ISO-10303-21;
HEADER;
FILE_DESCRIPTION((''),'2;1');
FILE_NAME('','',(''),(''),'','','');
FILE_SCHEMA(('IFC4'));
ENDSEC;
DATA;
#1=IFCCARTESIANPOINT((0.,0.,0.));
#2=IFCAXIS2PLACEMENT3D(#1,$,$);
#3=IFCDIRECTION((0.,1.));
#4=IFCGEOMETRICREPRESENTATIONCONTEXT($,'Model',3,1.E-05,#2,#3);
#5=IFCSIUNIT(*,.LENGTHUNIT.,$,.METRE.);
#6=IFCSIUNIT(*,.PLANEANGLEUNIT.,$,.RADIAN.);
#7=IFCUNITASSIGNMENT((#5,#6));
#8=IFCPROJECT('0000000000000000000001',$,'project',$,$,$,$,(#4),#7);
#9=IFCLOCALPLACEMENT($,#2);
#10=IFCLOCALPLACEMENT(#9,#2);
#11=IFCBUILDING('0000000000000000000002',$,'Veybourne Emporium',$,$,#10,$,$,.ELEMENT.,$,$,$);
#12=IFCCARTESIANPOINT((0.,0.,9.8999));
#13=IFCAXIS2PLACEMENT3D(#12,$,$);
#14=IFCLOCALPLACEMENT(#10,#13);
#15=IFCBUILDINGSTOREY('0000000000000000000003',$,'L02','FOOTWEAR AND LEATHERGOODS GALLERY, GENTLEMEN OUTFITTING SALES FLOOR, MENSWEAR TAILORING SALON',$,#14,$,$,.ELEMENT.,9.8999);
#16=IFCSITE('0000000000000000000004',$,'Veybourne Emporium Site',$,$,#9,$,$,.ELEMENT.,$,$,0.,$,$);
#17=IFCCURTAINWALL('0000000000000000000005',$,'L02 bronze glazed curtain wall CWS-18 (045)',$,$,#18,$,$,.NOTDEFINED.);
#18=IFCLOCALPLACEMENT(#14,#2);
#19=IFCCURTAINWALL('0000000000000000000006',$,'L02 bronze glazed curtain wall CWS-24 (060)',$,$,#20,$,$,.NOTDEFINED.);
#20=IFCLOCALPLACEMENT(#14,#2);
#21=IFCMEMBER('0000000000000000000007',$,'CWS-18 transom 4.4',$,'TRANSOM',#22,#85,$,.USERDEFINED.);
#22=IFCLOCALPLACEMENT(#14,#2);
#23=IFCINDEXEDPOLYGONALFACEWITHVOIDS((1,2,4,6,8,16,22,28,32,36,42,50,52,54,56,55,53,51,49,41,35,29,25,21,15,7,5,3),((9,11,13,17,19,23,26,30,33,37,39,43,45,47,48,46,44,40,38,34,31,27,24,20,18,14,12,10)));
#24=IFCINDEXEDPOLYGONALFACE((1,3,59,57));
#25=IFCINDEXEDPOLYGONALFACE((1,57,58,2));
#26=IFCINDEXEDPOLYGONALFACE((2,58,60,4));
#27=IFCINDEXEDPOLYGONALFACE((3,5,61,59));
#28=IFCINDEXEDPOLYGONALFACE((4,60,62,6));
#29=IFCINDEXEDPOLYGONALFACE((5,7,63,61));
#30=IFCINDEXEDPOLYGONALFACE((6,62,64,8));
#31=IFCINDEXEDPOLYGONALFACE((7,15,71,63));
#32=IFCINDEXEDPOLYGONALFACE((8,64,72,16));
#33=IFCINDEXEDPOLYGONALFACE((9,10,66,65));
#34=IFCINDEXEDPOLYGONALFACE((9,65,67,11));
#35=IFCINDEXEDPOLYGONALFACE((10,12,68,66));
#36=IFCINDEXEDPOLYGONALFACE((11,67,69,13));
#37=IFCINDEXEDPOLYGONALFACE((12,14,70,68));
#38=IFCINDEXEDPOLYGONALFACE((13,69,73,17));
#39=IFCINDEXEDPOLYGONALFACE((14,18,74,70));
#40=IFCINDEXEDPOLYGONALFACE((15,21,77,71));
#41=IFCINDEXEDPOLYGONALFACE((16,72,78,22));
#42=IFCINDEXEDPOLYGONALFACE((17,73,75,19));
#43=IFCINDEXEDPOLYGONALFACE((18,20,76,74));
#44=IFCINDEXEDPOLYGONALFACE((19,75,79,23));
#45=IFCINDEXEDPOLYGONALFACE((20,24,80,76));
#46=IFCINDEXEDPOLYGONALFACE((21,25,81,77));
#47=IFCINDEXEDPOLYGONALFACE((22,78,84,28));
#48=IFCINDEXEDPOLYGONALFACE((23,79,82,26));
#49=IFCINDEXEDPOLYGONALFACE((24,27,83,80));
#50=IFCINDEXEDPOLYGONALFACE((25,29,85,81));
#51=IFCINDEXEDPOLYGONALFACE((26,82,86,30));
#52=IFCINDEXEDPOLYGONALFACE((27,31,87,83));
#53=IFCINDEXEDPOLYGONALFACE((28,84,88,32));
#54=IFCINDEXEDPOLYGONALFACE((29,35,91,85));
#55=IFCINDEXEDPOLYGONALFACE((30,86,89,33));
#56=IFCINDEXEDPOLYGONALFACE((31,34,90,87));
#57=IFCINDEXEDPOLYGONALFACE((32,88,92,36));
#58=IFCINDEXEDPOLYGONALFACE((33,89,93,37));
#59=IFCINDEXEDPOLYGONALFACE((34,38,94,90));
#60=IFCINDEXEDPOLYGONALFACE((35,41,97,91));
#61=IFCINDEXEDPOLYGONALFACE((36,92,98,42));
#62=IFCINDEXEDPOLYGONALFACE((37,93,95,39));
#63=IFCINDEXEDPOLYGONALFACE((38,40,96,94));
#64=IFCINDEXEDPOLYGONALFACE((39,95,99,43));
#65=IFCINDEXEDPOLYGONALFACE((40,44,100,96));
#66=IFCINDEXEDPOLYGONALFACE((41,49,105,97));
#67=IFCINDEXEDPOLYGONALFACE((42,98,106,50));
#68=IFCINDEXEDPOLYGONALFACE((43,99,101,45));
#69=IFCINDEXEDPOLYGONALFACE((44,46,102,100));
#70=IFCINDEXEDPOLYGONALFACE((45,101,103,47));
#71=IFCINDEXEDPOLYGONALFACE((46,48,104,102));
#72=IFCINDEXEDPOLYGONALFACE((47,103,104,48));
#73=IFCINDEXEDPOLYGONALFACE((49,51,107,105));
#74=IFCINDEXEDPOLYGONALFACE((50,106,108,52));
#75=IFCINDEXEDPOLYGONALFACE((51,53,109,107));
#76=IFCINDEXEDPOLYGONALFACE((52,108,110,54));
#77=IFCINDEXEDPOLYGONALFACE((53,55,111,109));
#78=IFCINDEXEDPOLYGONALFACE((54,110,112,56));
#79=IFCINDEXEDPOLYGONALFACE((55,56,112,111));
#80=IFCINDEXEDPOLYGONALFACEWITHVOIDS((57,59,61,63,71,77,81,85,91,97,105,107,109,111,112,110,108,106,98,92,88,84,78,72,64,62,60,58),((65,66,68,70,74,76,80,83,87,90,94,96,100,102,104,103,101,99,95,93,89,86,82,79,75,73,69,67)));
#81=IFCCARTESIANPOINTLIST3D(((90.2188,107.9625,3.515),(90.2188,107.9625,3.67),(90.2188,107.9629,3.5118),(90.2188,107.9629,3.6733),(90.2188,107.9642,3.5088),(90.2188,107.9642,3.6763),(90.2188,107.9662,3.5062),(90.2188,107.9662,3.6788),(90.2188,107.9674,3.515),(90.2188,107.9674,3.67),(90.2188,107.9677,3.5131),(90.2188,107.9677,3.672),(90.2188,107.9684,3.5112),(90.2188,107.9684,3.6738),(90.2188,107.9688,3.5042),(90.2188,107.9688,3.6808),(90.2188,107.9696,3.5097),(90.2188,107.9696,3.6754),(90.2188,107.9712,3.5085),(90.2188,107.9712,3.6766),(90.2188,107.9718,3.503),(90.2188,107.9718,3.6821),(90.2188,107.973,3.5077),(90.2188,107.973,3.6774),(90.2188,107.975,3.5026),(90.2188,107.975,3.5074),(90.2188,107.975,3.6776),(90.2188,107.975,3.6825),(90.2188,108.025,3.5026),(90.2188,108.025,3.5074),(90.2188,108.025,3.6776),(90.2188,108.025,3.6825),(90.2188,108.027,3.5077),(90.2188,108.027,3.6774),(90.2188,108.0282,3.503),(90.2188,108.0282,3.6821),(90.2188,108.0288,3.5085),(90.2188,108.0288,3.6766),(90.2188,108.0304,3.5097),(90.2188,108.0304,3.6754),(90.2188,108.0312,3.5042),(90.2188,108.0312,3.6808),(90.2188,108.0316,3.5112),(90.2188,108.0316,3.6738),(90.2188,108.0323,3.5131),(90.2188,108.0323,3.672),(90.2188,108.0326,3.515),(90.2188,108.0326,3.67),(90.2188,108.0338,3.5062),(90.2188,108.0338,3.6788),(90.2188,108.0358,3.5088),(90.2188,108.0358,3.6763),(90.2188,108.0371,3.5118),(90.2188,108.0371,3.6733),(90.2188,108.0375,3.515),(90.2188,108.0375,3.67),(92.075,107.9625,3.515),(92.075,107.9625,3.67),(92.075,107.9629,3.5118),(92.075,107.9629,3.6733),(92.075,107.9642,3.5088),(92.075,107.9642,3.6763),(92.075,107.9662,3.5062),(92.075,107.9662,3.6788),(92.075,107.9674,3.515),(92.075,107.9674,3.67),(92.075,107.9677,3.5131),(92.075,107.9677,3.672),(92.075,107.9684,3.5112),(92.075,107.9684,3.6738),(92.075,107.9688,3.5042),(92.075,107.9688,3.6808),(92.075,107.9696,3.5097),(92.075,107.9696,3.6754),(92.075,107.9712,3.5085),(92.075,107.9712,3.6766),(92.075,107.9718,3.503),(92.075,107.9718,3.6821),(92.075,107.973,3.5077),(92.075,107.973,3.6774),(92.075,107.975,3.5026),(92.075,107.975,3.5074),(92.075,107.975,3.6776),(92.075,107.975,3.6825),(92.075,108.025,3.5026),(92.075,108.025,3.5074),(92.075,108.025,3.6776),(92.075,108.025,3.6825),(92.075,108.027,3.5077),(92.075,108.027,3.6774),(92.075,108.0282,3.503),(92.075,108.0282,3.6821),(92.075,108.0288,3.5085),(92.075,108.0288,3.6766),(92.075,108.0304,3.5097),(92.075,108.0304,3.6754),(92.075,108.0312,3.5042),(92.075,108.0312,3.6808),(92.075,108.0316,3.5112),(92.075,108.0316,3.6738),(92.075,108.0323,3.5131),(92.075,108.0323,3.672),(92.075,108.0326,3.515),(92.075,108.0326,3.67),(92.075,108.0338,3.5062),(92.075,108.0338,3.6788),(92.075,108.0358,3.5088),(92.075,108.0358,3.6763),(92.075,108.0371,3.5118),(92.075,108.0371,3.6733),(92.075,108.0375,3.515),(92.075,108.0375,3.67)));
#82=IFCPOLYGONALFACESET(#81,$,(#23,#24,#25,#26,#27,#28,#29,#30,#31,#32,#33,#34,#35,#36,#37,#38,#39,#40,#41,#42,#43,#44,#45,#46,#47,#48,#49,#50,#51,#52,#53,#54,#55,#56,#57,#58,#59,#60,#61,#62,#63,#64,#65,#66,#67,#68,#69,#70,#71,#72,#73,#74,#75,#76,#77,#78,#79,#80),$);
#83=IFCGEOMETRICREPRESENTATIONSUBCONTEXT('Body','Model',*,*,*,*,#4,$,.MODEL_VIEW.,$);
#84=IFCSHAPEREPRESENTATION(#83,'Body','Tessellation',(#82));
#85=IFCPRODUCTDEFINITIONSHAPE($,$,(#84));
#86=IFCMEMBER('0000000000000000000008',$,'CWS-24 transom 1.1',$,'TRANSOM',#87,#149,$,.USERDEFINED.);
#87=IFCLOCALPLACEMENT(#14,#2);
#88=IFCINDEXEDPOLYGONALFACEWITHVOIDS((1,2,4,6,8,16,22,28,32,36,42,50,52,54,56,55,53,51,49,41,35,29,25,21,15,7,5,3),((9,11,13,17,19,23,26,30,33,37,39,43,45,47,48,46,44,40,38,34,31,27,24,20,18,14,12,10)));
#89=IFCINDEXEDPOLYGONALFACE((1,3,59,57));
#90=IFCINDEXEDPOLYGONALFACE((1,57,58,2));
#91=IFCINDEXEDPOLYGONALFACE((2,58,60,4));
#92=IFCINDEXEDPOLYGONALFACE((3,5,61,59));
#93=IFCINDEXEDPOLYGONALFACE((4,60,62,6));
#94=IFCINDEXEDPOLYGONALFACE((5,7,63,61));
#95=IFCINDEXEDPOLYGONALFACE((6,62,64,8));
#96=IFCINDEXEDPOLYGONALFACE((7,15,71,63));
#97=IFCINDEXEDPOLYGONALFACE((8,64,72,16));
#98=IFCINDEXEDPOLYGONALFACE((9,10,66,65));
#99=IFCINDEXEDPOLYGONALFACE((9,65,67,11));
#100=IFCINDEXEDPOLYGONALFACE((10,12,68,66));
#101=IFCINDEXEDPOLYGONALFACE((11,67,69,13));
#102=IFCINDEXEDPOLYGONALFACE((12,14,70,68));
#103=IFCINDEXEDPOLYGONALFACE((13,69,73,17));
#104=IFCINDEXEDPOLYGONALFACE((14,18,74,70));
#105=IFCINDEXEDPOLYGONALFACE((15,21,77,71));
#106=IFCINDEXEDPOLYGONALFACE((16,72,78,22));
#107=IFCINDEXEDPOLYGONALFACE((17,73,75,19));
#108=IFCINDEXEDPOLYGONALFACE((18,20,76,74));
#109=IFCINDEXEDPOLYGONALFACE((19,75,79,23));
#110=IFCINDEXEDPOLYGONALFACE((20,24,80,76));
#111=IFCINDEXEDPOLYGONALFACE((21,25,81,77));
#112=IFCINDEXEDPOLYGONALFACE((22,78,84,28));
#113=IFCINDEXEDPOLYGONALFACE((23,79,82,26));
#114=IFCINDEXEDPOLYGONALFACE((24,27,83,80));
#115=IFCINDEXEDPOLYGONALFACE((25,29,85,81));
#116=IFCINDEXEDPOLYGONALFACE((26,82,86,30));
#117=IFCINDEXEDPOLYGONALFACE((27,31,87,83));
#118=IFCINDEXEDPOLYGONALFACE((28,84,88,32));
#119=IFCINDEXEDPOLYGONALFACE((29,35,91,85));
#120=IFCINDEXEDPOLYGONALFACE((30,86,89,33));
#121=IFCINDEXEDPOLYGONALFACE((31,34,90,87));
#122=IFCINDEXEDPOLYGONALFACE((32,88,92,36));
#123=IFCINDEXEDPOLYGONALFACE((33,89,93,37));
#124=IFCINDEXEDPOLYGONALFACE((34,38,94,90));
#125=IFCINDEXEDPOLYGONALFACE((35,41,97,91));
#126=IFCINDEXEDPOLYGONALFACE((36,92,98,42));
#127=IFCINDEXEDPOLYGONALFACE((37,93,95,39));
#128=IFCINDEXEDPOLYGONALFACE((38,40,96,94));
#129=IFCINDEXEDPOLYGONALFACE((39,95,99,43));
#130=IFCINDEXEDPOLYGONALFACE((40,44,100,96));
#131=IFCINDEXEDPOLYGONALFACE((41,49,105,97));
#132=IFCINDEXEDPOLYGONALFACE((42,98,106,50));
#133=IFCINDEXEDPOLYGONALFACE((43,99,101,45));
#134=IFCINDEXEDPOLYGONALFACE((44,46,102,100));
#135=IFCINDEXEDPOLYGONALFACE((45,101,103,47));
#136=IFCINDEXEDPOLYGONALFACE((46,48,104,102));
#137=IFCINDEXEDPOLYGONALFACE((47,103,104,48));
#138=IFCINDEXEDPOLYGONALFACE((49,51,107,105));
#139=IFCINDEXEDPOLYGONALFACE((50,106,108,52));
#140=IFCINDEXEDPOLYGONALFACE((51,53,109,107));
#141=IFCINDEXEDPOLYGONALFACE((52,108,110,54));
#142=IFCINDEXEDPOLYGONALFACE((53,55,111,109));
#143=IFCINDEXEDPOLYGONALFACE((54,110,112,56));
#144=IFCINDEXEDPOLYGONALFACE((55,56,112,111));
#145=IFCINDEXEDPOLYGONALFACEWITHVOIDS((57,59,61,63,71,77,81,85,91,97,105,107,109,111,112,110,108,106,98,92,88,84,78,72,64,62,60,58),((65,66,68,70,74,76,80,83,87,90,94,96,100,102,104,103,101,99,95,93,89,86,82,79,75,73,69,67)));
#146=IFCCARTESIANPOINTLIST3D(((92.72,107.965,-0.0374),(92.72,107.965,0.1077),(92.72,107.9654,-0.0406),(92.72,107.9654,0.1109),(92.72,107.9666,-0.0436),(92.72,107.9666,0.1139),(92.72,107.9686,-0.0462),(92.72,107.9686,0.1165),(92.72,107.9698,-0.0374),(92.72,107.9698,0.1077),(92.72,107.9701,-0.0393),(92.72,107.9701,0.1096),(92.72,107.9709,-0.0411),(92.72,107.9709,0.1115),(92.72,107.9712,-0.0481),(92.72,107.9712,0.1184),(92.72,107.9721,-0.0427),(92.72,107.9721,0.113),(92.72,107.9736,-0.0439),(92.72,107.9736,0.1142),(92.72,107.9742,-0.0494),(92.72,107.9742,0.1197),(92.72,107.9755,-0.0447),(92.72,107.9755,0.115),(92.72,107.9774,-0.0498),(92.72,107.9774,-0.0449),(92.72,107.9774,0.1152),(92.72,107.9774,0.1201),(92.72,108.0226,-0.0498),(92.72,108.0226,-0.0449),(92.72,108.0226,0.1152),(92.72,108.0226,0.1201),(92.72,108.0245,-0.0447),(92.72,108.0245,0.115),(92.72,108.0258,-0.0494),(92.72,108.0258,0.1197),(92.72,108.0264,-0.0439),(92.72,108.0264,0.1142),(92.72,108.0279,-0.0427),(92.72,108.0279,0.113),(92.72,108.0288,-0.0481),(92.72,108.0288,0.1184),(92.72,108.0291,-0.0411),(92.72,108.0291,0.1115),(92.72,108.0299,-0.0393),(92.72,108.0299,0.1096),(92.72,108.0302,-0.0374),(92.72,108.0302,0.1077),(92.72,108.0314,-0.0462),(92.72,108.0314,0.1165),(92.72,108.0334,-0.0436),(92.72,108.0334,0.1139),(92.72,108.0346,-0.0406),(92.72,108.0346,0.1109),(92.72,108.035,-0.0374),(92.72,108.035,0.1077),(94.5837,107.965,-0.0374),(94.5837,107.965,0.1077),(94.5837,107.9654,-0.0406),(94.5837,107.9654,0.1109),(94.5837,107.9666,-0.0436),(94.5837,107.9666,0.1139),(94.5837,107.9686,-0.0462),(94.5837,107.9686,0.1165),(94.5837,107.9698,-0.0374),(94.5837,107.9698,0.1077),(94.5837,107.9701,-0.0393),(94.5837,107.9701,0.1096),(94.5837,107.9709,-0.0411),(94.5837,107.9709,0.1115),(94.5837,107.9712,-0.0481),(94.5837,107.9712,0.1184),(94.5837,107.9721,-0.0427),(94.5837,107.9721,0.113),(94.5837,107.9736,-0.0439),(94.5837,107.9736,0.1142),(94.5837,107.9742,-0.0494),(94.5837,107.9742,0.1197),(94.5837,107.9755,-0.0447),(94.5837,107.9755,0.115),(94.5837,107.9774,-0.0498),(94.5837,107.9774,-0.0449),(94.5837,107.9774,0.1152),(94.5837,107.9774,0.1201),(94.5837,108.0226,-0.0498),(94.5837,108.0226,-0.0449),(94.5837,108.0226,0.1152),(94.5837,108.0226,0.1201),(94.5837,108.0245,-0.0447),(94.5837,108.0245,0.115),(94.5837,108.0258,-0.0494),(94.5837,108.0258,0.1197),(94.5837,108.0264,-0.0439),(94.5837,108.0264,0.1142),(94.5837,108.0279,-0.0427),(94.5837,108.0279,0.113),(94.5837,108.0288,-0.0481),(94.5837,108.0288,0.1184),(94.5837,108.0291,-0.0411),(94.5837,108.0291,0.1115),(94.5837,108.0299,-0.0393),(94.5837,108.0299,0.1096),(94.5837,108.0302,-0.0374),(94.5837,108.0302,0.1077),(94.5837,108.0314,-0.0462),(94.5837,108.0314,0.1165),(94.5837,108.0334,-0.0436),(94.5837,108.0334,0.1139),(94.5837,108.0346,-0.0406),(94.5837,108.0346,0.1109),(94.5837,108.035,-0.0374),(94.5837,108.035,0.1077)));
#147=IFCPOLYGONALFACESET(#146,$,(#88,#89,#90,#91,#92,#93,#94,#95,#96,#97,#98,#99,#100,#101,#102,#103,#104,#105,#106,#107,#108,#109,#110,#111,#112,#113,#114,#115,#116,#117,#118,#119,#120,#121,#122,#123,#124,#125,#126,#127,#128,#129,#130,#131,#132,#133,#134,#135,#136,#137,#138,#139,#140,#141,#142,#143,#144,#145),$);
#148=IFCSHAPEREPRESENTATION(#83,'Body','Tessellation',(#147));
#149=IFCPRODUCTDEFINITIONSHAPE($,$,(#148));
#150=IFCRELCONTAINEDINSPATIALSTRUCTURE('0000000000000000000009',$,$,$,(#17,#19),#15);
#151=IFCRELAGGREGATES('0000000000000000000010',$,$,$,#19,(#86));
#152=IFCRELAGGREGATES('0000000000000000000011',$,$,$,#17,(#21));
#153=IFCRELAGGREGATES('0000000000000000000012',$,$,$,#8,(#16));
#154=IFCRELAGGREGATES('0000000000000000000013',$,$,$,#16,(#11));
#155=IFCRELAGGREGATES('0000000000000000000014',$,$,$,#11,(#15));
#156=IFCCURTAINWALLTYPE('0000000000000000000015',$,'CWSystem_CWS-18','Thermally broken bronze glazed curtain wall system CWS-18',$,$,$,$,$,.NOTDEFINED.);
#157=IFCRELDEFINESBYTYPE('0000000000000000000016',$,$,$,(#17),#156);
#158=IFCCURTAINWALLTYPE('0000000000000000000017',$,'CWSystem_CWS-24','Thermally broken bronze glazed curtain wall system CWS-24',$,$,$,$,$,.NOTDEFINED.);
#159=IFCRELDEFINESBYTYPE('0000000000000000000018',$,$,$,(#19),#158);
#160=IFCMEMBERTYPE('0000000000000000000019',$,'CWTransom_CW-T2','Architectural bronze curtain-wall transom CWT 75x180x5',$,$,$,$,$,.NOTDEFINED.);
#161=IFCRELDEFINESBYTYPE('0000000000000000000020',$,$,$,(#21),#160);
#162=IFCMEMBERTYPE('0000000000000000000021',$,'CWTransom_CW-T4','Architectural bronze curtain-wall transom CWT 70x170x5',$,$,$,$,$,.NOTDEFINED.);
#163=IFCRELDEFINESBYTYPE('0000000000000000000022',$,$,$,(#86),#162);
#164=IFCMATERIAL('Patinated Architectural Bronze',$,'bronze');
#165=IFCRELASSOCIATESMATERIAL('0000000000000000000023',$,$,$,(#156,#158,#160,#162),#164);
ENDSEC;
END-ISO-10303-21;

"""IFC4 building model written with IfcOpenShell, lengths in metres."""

from ifc_helpers import new_model, si_unit, direction, frame, origin, origin_2d, place, context, subcontext, project, spatial, hollow_rectangle, extrude, material, material_profile, profile_set, type_object, element, aggregate, save


model = new_model("IFC4")

# Units and contexts
model_context = context("Model", 3, precision=1e-05, world=origin(), true_north=direction((0.0, 1.0)))
body_context = subcontext(model_context, "Body", "Model", "MODEL_VIEW")
ifc_project = project(units=[si_unit("LENGTHUNIT", "METRE"), si_unit("PLANEANGLEUNIT", "RADIAN")], contexts=[model_context])

# Site, building, storey
site_placement = place(None, origin())
site = spatial("IfcSite", under=ifc_project, at=site_placement, Name="Veybourne Emporium Site", CompositionType="ELEMENT", RefElevation=0.0)
building_placement = place(site_placement, origin())
building = spatial("IfcBuilding", under=site, at=building_placement, Name="Veybourne Emporium", CompositionType="ELEMENT")
storey_placement = place(building_placement, frame((0.0, 0.0, 9.8999)))
storey = spatial("IfcBuildingStorey", under=building, at=storey_placement, Name="L02", Description="FOOTWEAR AND LEATHERGOODS GALLERY, GENTLEMEN OUTFITTING SALES FLOOR, MENSWEAR TAILORING SALON", CompositionType="ELEMENT", Elevation=9.8999)

# Curtain walls
ifc_material_1 = material(Name="Patinated Architectural Bronze", Category="bronze")
curtain_wall_type_1 = type_object("IfcCurtainWallType", Name="CWSystem_CWS-18", Description="Thermally broken bronze glazed curtain wall system CWS-18", PredefinedType="NOTDEFINED", material=ifc_material_1)
curtain_wall_1_placement = place(storey_placement, origin())
curtain_wall_1 = element("IfcCurtainWall", 1, at=curtain_wall_1_placement, inside=storey, type_object=curtain_wall_type_1, Name="L02 bronze glazed curtain wall CWS-18 (045)", PredefinedType="NOTDEFINED")
curtain_wall_type_2 = type_object("IfcCurtainWallType", Name="CWSystem_CWS-24", Description="Thermally broken bronze glazed curtain wall system CWS-24", PredefinedType="NOTDEFINED", material=ifc_material_1)
curtain_wall_2_placement = place(storey_placement, origin())
curtain_wall_2 = element("IfcCurtainWall", 2, at=curtain_wall_2_placement, inside=storey, type_object=curtain_wall_type_2, Name="L02 bronze glazed curtain wall CWS-24 (060)", PredefinedType="NOTDEFINED")

# Members
ifc_material_profile_1 = material_profile(ifc_material_1, hollow_rectangle(XDim=0.075, YDim=0.1799, WallThickness=0.0049, InnerFilletRadius=0.0076, OuterFilletRadius=0.0125, at=origin_2d()), Name="CWT 75x180x5")
ifc_profile_set_1 = profile_set([ifc_material_profile_1], Name="Patinated Architectural Bronze")
member_type_1 = type_object("IfcMemberType", Name="CWTransom_CW-T2", Description="Architectural bronze curtain-wall transom CWT 75x180x5", PredefinedType="NOTDEFINED", material=ifc_profile_set_1)
member_1_placement = place(storey_placement, frame((90.2188, 108.0, 3.5925), z_axis=(1.0, 0.0, 0.0), x_axis=(0.0, 1.0, 0.0)))
member_1 = element("IfcMember", 3, at=member_1_placement, type_object=member_type_1, Name="CWS-18 transom 4.4", ObjectType="TRANSOM", PredefinedType="USERDEFINED", context=body_context, shape_type="SweptSolid", body=[
    extrude(hollow_rectangle(XDim=0.075, YDim=0.1799, WallThickness=0.0049, InnerFilletRadius=0.0076, OuterFilletRadius=0.0125, at=origin_2d()), origin(), (0.0, 0.0, 1.0), 1.8562),
])
ifc_material_profile_2 = material_profile(ifc_material_1, hollow_rectangle(XDim=0.0701, YDim=0.1699, WallThickness=0.0049, InnerFilletRadius=0.0076, OuterFilletRadius=0.0125, at=origin_2d()), Name="CWT 70x170x5")
ifc_profile_set_2 = profile_set([ifc_material_profile_2], Name="Patinated Architectural Bronze")
member_type_2 = type_object("IfcMemberType", Name="CWTransom_CW-T4", Description="Architectural bronze curtain-wall transom CWT 70x170x5", PredefinedType="NOTDEFINED", material=ifc_profile_set_2)
member_2_placement = place(storey_placement, frame((92.72, 108.0, 0.0352), z_axis=(1.0, 0.0, 0.0), x_axis=(0.0, 1.0, 0.0)))
member_2 = element("IfcMember", 4, at=member_2_placement, type_object=member_type_2, Name="CWS-24 transom 1.1", ObjectType="TRANSOM", PredefinedType="USERDEFINED", context=body_context, shape_type="SweptSolid", body=[
    extrude(hollow_rectangle(XDim=0.0701, YDim=0.1699, WallThickness=0.0049, InnerFilletRadius=0.0076, OuterFilletRadius=0.0125, at=origin_2d()), origin(), (0.0, 0.0, 1.0), 1.8638),
])
aggregate(curtain_wall_2, [member_2])

aggregate(curtain_wall_1, [member_1])

save(model, "model.ifc")
